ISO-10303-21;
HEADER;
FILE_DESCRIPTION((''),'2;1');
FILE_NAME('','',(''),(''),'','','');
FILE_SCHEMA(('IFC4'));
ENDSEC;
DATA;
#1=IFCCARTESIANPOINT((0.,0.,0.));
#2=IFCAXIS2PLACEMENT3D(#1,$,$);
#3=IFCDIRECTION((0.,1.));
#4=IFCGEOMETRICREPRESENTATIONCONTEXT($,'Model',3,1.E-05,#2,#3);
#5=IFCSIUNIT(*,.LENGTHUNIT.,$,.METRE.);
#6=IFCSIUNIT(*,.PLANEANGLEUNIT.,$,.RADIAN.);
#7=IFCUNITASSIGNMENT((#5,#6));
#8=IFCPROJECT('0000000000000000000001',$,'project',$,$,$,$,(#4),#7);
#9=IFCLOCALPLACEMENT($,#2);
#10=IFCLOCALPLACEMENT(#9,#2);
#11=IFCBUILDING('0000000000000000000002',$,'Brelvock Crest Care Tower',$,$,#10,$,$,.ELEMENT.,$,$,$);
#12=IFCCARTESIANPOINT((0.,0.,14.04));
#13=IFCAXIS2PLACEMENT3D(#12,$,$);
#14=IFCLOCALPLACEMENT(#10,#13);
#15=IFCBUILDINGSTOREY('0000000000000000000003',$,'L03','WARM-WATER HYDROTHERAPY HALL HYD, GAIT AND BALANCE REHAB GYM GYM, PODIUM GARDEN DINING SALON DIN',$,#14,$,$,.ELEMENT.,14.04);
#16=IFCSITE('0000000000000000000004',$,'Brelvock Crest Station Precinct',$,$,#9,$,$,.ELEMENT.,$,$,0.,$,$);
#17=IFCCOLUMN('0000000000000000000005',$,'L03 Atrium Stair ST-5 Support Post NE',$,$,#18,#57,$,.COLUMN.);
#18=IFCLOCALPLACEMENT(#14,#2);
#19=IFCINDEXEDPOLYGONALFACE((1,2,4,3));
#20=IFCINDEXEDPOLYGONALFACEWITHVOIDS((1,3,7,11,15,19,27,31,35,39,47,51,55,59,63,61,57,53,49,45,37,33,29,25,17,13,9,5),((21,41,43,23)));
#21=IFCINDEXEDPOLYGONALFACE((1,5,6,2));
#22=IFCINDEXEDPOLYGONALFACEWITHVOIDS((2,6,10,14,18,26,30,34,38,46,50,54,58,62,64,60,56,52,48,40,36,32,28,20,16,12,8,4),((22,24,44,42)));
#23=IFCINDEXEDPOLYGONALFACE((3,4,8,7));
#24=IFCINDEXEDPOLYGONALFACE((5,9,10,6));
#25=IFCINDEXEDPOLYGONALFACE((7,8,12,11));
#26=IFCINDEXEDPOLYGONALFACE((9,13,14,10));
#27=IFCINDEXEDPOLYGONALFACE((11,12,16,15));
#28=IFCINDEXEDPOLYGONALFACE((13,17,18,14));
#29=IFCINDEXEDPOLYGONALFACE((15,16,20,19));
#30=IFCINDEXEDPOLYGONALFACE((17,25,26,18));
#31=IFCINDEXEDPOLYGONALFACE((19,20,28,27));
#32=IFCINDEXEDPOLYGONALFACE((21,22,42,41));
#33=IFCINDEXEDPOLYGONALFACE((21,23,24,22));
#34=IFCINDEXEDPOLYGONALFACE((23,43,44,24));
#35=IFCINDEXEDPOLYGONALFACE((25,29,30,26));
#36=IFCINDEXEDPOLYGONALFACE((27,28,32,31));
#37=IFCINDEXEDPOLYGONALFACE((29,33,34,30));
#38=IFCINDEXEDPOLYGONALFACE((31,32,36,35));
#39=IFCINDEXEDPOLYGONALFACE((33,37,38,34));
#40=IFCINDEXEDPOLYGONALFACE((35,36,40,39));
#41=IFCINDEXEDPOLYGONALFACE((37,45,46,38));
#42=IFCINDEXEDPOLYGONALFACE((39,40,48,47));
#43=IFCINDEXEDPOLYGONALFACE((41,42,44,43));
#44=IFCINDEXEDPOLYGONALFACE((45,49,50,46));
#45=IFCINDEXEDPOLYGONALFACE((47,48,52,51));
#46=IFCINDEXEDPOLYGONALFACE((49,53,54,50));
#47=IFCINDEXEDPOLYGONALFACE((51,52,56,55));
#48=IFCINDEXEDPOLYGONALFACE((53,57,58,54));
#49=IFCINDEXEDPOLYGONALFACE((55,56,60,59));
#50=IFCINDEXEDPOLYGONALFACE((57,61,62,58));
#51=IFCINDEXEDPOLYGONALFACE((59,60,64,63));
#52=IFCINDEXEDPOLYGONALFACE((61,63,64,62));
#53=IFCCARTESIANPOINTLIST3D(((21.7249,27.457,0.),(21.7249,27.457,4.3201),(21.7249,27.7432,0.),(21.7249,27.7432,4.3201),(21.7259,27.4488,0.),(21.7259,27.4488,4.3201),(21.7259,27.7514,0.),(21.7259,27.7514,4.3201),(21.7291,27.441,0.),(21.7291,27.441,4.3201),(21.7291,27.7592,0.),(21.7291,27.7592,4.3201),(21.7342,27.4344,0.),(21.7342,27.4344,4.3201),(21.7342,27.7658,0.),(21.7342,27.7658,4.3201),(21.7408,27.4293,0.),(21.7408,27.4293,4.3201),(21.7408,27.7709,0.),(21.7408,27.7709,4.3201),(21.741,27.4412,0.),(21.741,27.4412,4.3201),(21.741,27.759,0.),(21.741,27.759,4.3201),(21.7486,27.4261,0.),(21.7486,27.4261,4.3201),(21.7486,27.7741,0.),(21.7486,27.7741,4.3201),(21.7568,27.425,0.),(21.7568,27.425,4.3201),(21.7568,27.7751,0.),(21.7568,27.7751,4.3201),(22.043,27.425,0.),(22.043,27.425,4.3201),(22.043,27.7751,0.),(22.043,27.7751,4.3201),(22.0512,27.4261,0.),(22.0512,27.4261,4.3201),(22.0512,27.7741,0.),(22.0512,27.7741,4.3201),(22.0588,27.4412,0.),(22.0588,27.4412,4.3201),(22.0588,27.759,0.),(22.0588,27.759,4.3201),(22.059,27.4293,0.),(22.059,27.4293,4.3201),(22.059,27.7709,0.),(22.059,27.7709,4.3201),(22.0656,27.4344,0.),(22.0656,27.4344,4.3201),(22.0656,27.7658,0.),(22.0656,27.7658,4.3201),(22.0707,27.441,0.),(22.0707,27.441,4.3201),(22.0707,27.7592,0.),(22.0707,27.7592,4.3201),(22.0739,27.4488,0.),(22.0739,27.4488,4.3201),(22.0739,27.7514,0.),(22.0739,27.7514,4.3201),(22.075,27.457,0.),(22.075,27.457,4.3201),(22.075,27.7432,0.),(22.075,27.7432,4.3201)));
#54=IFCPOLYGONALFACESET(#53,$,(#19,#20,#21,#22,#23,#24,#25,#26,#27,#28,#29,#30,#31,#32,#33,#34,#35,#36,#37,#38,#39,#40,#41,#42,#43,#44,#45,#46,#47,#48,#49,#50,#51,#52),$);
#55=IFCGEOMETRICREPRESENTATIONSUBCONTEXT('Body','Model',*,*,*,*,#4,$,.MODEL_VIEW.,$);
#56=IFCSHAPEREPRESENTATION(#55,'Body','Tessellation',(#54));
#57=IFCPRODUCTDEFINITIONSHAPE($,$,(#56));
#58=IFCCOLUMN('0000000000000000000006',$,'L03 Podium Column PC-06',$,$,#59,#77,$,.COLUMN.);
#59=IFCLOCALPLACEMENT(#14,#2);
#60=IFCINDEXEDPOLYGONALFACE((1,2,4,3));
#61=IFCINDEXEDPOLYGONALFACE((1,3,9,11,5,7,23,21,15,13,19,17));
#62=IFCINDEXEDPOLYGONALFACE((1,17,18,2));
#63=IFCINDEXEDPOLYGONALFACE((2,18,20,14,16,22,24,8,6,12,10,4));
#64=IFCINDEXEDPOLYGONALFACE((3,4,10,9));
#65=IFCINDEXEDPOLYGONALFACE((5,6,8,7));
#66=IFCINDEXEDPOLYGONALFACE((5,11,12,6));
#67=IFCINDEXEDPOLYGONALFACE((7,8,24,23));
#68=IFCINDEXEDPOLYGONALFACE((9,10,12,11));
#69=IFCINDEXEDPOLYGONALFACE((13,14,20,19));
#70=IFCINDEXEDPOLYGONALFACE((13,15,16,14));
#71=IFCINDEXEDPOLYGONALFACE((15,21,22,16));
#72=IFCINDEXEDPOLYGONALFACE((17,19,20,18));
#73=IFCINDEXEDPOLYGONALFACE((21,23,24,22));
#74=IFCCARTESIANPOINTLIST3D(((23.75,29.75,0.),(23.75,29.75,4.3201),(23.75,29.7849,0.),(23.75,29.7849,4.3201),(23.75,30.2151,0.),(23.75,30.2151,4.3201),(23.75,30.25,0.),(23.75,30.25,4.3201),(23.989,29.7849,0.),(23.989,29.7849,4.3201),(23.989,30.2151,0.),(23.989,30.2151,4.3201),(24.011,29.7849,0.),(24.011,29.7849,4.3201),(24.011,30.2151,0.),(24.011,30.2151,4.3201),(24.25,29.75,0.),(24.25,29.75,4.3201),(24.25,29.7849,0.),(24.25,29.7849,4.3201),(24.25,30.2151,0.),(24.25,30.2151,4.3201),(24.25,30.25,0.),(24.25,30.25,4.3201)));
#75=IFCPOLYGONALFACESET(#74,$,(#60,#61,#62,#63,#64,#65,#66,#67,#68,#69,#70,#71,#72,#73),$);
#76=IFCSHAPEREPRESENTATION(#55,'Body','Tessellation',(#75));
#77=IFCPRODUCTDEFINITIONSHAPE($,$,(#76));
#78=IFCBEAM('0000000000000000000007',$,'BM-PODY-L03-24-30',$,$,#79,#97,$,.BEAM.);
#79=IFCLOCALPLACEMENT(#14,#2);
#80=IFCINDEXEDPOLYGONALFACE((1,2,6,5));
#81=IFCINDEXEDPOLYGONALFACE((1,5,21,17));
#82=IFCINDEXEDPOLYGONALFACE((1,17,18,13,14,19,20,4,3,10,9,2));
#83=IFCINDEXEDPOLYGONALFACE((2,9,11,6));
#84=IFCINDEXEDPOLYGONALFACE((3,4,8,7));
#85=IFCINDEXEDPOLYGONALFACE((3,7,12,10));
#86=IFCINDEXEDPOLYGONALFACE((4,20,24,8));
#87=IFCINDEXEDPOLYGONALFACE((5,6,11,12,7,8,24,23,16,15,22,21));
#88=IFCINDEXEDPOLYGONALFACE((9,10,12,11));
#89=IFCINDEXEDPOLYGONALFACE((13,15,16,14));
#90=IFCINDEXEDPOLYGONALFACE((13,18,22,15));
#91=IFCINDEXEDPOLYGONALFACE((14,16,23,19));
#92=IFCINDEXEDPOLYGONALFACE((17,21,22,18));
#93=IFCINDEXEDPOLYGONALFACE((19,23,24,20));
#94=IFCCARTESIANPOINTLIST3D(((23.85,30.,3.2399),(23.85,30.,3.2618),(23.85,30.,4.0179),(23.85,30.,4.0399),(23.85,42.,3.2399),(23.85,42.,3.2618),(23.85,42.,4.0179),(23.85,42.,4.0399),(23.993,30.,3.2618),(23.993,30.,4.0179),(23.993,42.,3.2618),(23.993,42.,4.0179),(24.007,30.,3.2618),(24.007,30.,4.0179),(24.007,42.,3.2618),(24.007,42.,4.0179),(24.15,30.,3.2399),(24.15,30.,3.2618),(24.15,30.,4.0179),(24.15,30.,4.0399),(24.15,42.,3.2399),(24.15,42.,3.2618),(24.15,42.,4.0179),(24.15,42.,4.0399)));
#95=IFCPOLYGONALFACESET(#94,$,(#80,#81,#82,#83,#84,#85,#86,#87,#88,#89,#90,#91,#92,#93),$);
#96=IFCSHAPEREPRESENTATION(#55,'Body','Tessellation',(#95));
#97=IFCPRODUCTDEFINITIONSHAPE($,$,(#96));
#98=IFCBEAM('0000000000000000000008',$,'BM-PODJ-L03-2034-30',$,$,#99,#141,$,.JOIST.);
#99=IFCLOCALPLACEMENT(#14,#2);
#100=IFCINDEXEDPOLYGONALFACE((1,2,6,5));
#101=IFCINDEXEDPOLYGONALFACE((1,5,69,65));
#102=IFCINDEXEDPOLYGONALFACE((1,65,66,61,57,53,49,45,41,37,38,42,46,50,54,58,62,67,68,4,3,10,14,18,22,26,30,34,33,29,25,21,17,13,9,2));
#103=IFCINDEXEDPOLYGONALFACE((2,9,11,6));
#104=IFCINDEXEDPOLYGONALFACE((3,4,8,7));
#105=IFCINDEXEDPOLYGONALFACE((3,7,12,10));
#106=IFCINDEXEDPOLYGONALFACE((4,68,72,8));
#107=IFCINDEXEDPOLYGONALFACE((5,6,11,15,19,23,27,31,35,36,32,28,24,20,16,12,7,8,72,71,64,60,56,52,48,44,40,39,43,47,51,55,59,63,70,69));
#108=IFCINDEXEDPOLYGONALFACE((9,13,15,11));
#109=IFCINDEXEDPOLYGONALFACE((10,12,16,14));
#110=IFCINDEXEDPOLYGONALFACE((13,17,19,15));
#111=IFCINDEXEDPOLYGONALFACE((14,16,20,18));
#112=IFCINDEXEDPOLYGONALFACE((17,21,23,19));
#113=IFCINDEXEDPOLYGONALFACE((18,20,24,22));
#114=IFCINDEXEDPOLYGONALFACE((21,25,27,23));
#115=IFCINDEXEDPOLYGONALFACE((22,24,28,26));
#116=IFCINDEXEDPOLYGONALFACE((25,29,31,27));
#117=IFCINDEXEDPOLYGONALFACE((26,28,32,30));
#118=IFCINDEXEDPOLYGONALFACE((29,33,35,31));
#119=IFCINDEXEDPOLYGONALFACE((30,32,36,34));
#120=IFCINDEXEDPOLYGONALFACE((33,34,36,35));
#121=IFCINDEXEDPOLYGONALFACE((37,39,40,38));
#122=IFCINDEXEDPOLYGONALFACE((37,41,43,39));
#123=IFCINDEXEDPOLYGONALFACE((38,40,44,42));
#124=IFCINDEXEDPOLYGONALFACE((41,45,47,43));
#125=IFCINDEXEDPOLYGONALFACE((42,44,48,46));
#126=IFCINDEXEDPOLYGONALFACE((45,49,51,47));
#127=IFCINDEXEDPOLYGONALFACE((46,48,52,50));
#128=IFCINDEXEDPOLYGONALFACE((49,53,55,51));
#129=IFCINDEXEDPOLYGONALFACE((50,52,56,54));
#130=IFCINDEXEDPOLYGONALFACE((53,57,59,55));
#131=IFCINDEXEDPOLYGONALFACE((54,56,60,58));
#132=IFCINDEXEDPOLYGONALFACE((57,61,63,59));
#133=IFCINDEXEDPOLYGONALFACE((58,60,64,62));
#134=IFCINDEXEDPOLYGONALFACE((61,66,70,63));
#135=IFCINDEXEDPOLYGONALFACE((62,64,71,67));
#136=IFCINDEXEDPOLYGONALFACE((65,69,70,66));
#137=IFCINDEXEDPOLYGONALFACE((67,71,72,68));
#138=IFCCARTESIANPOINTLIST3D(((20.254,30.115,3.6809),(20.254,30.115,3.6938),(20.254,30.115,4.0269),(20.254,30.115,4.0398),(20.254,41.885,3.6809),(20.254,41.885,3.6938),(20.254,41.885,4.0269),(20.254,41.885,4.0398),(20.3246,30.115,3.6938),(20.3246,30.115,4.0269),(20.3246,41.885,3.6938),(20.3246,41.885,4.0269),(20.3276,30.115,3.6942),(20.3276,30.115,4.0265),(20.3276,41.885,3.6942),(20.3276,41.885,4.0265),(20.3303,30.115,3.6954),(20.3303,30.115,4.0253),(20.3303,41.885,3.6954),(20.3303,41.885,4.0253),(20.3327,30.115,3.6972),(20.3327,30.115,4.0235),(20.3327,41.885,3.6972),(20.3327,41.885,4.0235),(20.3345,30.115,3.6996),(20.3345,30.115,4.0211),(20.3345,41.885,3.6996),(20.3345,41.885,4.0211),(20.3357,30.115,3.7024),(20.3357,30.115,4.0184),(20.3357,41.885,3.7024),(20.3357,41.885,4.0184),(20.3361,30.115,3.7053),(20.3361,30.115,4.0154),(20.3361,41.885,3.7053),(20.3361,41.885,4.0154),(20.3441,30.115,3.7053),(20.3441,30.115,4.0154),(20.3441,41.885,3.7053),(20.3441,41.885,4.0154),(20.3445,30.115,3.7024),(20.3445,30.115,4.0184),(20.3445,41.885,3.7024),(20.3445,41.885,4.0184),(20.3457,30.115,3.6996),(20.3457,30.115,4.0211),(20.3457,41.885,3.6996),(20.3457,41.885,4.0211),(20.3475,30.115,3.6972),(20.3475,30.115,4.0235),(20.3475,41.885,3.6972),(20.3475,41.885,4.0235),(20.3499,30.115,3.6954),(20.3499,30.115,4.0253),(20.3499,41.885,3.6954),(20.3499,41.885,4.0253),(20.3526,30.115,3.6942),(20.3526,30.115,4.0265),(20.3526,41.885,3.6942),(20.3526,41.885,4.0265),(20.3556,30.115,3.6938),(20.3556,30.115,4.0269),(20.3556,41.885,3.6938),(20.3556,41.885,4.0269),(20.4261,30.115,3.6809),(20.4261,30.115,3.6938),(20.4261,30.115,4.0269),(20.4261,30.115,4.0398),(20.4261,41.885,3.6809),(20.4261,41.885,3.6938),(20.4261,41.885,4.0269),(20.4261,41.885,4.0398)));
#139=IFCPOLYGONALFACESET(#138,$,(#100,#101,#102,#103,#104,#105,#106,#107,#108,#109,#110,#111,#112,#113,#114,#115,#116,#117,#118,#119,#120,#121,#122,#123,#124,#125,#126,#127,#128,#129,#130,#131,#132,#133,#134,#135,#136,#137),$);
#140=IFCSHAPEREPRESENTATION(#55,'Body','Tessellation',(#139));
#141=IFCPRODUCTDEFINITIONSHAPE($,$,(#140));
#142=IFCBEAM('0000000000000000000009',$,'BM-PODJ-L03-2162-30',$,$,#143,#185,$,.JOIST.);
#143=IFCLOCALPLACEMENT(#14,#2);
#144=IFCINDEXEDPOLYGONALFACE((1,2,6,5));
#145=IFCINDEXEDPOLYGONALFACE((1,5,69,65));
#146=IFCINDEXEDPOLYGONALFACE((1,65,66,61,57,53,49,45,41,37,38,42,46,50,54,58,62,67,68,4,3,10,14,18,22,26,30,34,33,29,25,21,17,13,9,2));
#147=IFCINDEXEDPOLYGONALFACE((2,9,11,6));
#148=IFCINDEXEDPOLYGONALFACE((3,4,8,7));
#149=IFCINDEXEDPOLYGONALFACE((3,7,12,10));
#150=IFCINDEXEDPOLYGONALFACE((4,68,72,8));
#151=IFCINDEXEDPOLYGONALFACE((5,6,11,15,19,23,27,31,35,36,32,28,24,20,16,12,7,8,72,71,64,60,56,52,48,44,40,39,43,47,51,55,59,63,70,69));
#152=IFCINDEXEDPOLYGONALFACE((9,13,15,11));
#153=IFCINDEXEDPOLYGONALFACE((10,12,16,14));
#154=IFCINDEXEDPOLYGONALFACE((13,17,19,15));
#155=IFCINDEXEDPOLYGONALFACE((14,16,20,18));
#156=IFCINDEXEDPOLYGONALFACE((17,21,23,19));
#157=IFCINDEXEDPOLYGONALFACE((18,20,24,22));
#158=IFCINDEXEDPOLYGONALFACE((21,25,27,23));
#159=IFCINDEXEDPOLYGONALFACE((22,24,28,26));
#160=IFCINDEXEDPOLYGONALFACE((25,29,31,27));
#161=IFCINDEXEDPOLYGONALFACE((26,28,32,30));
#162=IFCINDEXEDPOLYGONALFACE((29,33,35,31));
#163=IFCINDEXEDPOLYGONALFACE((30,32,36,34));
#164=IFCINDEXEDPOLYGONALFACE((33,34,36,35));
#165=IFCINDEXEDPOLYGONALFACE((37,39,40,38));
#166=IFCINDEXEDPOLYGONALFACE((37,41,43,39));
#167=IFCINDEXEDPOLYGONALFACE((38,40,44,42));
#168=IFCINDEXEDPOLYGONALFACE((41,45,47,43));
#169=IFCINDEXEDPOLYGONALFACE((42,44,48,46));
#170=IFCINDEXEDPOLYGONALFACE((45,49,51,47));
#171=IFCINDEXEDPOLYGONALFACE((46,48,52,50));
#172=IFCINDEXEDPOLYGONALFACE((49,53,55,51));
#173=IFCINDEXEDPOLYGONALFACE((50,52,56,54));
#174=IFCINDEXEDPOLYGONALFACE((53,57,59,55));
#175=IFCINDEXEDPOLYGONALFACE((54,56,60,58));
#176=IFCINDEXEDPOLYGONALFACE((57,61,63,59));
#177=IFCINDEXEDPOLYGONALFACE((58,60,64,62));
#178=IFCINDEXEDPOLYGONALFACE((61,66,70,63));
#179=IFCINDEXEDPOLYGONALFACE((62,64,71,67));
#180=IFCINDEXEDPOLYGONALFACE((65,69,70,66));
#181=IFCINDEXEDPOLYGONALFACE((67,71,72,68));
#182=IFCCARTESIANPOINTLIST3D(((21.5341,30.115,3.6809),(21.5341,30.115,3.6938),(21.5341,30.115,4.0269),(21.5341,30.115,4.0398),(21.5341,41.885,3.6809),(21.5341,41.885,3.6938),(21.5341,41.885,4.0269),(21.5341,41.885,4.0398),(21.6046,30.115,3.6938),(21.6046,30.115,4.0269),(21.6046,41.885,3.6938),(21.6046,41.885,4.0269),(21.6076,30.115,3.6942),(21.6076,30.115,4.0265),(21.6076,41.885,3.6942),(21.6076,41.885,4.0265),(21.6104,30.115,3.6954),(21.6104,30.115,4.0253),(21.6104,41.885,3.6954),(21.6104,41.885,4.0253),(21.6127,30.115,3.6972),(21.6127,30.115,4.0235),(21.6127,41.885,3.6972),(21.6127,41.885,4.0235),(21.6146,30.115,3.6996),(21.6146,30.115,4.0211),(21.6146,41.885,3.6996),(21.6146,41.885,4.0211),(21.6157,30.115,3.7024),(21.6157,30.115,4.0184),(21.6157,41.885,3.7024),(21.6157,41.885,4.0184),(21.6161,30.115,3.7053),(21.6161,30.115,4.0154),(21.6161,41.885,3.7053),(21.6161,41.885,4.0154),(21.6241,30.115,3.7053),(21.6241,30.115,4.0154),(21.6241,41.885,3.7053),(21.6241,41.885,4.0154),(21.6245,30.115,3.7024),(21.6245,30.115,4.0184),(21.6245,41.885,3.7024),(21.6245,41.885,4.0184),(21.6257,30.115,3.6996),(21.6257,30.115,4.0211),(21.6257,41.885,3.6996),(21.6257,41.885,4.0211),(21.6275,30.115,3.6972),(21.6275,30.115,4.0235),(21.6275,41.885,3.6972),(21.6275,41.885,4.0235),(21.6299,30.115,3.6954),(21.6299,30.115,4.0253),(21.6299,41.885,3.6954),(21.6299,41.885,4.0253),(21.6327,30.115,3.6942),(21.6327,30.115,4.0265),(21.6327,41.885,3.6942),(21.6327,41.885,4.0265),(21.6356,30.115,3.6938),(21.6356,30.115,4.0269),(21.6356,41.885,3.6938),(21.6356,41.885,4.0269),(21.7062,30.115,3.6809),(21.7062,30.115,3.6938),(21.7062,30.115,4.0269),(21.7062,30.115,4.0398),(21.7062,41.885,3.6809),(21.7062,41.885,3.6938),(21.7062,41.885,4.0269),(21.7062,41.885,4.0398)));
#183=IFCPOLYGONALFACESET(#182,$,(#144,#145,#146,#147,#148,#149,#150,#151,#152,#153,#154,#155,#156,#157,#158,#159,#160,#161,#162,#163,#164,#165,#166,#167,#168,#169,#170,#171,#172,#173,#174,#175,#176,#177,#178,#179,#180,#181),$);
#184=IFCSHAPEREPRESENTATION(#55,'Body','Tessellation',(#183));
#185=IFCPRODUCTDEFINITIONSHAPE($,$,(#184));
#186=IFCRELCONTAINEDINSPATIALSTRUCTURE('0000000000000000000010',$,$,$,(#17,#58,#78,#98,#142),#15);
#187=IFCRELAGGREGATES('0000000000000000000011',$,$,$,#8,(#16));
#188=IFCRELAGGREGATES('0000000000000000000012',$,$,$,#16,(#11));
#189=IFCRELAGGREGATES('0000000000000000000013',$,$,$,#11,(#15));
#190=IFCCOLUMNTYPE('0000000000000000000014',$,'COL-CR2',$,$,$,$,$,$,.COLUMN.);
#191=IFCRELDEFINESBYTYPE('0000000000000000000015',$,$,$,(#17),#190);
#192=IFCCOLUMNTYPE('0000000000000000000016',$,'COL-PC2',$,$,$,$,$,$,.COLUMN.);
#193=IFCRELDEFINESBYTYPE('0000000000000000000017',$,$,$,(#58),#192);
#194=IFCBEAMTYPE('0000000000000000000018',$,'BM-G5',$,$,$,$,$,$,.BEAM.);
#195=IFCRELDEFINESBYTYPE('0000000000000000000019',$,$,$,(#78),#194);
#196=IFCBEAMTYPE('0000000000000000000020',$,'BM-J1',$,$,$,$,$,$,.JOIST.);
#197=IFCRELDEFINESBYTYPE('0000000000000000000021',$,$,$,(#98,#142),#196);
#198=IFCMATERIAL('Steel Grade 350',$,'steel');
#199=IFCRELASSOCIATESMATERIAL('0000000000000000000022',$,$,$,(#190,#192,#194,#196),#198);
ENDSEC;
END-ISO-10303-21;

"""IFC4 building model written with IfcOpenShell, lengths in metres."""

from ifc_helpers import new_model, si_unit, direction, frame, origin, origin_2d, place, context, subcontext, project, spatial, hollow_rectangle, i_section, extrude, source, transform, mapped, material, material_profile, profile_set, type_object, element, save


model = new_model("IFC4")

# Units and contexts
model_context = context("Model", 3, precision=1e-05, world=origin(), true_north=direction((0.0, 1.0)))
body_context = subcontext(model_context, "Body", "Model", "MODEL_VIEW")
ifc_project = project(units=[si_unit("LENGTHUNIT", "METRE"), si_unit("PLANEANGLEUNIT", "RADIAN")], contexts=[model_context])

# Site, building, storey
site_placement = place(None, origin())
site = spatial("IfcSite", under=ifc_project, at=site_placement, Name="Brelvock Crest Station Precinct", CompositionType="ELEMENT", RefElevation=0.0)
building_placement = place(site_placement, origin())
building = spatial("IfcBuilding", under=site, at=building_placement, Name="Brelvock Crest Care Tower", CompositionType="ELEMENT")
storey_placement = place(building_placement, frame((0.0, 0.0, 14.04)))
storey = spatial("IfcBuildingStorey", under=building, at=storey_placement, Name="L03", Description="WARM-WATER HYDROTHERAPY HALL HYD, GAIT AND BALANCE REHAB GYM GYM, PODIUM GARDEN DINING SALON DIN", CompositionType="ELEMENT", Elevation=14.04)

# Columns
ifc_material_1 = material(Name="Steel Grade 350", Category="steel")
ifc_material_profile_1 = material_profile(ifc_material_1, hollow_rectangle(XDim=0.3501, YDim=0.3501, WallThickness=0.0161, OuterFilletRadius=0.032, at=origin_2d()), Name="SHS350x350x16.0")
ifc_profile_set_1 = profile_set([ifc_material_profile_1], Name="Steel Grade 350")
column_type_1 = type_object("IfcColumnType", Name="COL-CR2", PredefinedType="COLUMN", material=ifc_profile_set_1)
shared_shape_1 = source(origin(), body_context, "Body", "SweptSolid", [
    extrude(hollow_rectangle(XDim=0.3501, YDim=0.3501, WallThickness=0.0161, OuterFilletRadius=0.032, at=origin_2d()), origin(), (0.0, 0.0, 1.0), 4.3201),
])
column_1_placement = place(storey_placement, frame((21.8999, 27.6001, 0.0), z_axis=(0.0, 0.0, 1.0), x_axis=(1.0, 0.0, 0.0)))
element("IfcColumn", 1, at=column_1_placement, inside=storey, type_object=column_type_1, Name="L03 Atrium Stair ST-5 Support Post NE", PredefinedType="COLUMN", context=body_context, shape_type="MappedRepresentation", body=[
    mapped(shared_shape_1, transform((0.0, 0.0, 0.0), x_axis=(1.0, 0.0, 0.0), y_axis=(0.0, 1.0, 0.0), z_axis=(0.0, 0.0, 1.0), scale=1.0)),
])
ifc_material_profile_2 = material_profile(ifc_material_1, i_section(OverallWidth=0.5, OverallDepth=0.5, WebThickness=0.022, FlangeThickness=0.0349, at=origin_2d()), Name="500WC340")
ifc_profile_set_2 = profile_set([ifc_material_profile_2], Name="Steel Grade 350")
column_type_2 = type_object("IfcColumnType", Name="COL-PC2", PredefinedType="COLUMN", material=ifc_profile_set_2)
shared_shape_2 = source(origin(), body_context, "Body", "SweptSolid", [
    extrude(i_section(OverallWidth=0.5, OverallDepth=0.5, WebThickness=0.022, FlangeThickness=0.0349, at=origin_2d()), origin(), (0.0, 0.0, 1.0), 4.3201),
])
column_2_placement = place(storey_placement, frame((24.0, 30.0, 0.0), z_axis=(0.0, 0.0, 1.0), x_axis=(1.0, 0.0, 0.0)))
element("IfcColumn", 2, at=column_2_placement, inside=storey, type_object=column_type_2, Name="L03 Podium Column PC-06", PredefinedType="COLUMN", context=body_context, shape_type="MappedRepresentation", body=[
    mapped(shared_shape_2, transform((0.0, 0.0, 0.0), x_axis=(1.0, 0.0, 0.0), y_axis=(0.0, 1.0, 0.0), z_axis=(0.0, 0.0, 1.0), scale=1.0)),
])

# Beams
ifc_material_profile_3 = material_profile(ifc_material_1, i_section(OverallWidth=0.3, OverallDepth=0.8, WebThickness=0.0139, FlangeThickness=0.022, at=origin_2d()), Name="800WB192")
ifc_profile_set_3 = profile_set([ifc_material_profile_3], Name="Steel Grade 350")
beam_type_1 = type_object("IfcBeamType", Name="BM-G5", PredefinedType="BEAM", material=ifc_profile_set_3)
shared_shape_3 = source(origin(), body_context, "Body", "SweptSolid", [
    extrude(i_section(OverallWidth=0.3, OverallDepth=0.8, WebThickness=0.0139, FlangeThickness=0.022, at=origin_2d()), origin(), (0.0, 0.0, 1.0), 12.0),
])
beam_1_placement = place(storey_placement, frame((24.0, 30.0, 3.6399), z_axis=(0.0, 1.0, 0.0), x_axis=(-1.0, 0.0, 0.0)))
element("IfcBeam", 3, at=beam_1_placement, inside=storey, type_object=beam_type_1, Name="BM-PODY-L03-24-30", PredefinedType="BEAM", context=body_context, shape_type="MappedRepresentation", body=[
    mapped(shared_shape_3, transform((0.0, 0.0, 0.0), x_axis=(1.0, 0.0, 0.0), y_axis=(0.0, 1.0, 0.0), z_axis=(0.0, 0.0, 1.0), scale=1.0)),
])
ifc_material_profile_4 = material_profile(ifc_material_1, i_section(OverallWidth=0.1721, OverallDepth=0.3589, WebThickness=0.0081, FlangeThickness=0.0129, FilletRadius=0.0115, at=origin_2d()), Name="360UB56.7")
ifc_profile_set_4 = profile_set([ifc_material_profile_4], Name="Steel Grade 350")
beam_type_2 = type_object("IfcBeamType", Name="BM-J1", PredefinedType="JOIST", material=ifc_profile_set_4)
shared_shape_4 = source(origin(), body_context, "Body", "SweptSolid", [
    extrude(i_section(OverallWidth=0.1721, OverallDepth=0.3589, WebThickness=0.0081, FlangeThickness=0.0129, FilletRadius=0.0115, at=origin_2d()), origin(), (0.0, 0.0, 1.0), 11.77),
])
for number, where, z_axis, x_axis, name in (
    (4, (20.3401, 30.115, 3.8604), (0.0, 1.0, 0.0), (-1.0, 0.0, 0.0), "BM-PODJ-L03-2034-30"),
    (5, (21.6201, 30.115, 3.8604), (0.0, 1.0, 0.0), (-1.0, 0.0, 0.0), "BM-PODJ-L03-2162-30"),
):
    element("IfcBeam", number, at=place(storey_placement, frame(where, z_axis=z_axis, x_axis=x_axis)), inside=storey, type_object=beam_type_2, Name=name, PredefinedType="JOIST", context=body_context, shape_type="MappedRepresentation", body=[
        mapped(shared_shape_4, transform((0.0, 0.0, 0.0), x_axis=(1.0, 0.0, 0.0), y_axis=(0.0, 1.0, 0.0), z_axis=(0.0, 0.0, 1.0), scale=1.0)),
    ])

save(model, "model.ifc")
